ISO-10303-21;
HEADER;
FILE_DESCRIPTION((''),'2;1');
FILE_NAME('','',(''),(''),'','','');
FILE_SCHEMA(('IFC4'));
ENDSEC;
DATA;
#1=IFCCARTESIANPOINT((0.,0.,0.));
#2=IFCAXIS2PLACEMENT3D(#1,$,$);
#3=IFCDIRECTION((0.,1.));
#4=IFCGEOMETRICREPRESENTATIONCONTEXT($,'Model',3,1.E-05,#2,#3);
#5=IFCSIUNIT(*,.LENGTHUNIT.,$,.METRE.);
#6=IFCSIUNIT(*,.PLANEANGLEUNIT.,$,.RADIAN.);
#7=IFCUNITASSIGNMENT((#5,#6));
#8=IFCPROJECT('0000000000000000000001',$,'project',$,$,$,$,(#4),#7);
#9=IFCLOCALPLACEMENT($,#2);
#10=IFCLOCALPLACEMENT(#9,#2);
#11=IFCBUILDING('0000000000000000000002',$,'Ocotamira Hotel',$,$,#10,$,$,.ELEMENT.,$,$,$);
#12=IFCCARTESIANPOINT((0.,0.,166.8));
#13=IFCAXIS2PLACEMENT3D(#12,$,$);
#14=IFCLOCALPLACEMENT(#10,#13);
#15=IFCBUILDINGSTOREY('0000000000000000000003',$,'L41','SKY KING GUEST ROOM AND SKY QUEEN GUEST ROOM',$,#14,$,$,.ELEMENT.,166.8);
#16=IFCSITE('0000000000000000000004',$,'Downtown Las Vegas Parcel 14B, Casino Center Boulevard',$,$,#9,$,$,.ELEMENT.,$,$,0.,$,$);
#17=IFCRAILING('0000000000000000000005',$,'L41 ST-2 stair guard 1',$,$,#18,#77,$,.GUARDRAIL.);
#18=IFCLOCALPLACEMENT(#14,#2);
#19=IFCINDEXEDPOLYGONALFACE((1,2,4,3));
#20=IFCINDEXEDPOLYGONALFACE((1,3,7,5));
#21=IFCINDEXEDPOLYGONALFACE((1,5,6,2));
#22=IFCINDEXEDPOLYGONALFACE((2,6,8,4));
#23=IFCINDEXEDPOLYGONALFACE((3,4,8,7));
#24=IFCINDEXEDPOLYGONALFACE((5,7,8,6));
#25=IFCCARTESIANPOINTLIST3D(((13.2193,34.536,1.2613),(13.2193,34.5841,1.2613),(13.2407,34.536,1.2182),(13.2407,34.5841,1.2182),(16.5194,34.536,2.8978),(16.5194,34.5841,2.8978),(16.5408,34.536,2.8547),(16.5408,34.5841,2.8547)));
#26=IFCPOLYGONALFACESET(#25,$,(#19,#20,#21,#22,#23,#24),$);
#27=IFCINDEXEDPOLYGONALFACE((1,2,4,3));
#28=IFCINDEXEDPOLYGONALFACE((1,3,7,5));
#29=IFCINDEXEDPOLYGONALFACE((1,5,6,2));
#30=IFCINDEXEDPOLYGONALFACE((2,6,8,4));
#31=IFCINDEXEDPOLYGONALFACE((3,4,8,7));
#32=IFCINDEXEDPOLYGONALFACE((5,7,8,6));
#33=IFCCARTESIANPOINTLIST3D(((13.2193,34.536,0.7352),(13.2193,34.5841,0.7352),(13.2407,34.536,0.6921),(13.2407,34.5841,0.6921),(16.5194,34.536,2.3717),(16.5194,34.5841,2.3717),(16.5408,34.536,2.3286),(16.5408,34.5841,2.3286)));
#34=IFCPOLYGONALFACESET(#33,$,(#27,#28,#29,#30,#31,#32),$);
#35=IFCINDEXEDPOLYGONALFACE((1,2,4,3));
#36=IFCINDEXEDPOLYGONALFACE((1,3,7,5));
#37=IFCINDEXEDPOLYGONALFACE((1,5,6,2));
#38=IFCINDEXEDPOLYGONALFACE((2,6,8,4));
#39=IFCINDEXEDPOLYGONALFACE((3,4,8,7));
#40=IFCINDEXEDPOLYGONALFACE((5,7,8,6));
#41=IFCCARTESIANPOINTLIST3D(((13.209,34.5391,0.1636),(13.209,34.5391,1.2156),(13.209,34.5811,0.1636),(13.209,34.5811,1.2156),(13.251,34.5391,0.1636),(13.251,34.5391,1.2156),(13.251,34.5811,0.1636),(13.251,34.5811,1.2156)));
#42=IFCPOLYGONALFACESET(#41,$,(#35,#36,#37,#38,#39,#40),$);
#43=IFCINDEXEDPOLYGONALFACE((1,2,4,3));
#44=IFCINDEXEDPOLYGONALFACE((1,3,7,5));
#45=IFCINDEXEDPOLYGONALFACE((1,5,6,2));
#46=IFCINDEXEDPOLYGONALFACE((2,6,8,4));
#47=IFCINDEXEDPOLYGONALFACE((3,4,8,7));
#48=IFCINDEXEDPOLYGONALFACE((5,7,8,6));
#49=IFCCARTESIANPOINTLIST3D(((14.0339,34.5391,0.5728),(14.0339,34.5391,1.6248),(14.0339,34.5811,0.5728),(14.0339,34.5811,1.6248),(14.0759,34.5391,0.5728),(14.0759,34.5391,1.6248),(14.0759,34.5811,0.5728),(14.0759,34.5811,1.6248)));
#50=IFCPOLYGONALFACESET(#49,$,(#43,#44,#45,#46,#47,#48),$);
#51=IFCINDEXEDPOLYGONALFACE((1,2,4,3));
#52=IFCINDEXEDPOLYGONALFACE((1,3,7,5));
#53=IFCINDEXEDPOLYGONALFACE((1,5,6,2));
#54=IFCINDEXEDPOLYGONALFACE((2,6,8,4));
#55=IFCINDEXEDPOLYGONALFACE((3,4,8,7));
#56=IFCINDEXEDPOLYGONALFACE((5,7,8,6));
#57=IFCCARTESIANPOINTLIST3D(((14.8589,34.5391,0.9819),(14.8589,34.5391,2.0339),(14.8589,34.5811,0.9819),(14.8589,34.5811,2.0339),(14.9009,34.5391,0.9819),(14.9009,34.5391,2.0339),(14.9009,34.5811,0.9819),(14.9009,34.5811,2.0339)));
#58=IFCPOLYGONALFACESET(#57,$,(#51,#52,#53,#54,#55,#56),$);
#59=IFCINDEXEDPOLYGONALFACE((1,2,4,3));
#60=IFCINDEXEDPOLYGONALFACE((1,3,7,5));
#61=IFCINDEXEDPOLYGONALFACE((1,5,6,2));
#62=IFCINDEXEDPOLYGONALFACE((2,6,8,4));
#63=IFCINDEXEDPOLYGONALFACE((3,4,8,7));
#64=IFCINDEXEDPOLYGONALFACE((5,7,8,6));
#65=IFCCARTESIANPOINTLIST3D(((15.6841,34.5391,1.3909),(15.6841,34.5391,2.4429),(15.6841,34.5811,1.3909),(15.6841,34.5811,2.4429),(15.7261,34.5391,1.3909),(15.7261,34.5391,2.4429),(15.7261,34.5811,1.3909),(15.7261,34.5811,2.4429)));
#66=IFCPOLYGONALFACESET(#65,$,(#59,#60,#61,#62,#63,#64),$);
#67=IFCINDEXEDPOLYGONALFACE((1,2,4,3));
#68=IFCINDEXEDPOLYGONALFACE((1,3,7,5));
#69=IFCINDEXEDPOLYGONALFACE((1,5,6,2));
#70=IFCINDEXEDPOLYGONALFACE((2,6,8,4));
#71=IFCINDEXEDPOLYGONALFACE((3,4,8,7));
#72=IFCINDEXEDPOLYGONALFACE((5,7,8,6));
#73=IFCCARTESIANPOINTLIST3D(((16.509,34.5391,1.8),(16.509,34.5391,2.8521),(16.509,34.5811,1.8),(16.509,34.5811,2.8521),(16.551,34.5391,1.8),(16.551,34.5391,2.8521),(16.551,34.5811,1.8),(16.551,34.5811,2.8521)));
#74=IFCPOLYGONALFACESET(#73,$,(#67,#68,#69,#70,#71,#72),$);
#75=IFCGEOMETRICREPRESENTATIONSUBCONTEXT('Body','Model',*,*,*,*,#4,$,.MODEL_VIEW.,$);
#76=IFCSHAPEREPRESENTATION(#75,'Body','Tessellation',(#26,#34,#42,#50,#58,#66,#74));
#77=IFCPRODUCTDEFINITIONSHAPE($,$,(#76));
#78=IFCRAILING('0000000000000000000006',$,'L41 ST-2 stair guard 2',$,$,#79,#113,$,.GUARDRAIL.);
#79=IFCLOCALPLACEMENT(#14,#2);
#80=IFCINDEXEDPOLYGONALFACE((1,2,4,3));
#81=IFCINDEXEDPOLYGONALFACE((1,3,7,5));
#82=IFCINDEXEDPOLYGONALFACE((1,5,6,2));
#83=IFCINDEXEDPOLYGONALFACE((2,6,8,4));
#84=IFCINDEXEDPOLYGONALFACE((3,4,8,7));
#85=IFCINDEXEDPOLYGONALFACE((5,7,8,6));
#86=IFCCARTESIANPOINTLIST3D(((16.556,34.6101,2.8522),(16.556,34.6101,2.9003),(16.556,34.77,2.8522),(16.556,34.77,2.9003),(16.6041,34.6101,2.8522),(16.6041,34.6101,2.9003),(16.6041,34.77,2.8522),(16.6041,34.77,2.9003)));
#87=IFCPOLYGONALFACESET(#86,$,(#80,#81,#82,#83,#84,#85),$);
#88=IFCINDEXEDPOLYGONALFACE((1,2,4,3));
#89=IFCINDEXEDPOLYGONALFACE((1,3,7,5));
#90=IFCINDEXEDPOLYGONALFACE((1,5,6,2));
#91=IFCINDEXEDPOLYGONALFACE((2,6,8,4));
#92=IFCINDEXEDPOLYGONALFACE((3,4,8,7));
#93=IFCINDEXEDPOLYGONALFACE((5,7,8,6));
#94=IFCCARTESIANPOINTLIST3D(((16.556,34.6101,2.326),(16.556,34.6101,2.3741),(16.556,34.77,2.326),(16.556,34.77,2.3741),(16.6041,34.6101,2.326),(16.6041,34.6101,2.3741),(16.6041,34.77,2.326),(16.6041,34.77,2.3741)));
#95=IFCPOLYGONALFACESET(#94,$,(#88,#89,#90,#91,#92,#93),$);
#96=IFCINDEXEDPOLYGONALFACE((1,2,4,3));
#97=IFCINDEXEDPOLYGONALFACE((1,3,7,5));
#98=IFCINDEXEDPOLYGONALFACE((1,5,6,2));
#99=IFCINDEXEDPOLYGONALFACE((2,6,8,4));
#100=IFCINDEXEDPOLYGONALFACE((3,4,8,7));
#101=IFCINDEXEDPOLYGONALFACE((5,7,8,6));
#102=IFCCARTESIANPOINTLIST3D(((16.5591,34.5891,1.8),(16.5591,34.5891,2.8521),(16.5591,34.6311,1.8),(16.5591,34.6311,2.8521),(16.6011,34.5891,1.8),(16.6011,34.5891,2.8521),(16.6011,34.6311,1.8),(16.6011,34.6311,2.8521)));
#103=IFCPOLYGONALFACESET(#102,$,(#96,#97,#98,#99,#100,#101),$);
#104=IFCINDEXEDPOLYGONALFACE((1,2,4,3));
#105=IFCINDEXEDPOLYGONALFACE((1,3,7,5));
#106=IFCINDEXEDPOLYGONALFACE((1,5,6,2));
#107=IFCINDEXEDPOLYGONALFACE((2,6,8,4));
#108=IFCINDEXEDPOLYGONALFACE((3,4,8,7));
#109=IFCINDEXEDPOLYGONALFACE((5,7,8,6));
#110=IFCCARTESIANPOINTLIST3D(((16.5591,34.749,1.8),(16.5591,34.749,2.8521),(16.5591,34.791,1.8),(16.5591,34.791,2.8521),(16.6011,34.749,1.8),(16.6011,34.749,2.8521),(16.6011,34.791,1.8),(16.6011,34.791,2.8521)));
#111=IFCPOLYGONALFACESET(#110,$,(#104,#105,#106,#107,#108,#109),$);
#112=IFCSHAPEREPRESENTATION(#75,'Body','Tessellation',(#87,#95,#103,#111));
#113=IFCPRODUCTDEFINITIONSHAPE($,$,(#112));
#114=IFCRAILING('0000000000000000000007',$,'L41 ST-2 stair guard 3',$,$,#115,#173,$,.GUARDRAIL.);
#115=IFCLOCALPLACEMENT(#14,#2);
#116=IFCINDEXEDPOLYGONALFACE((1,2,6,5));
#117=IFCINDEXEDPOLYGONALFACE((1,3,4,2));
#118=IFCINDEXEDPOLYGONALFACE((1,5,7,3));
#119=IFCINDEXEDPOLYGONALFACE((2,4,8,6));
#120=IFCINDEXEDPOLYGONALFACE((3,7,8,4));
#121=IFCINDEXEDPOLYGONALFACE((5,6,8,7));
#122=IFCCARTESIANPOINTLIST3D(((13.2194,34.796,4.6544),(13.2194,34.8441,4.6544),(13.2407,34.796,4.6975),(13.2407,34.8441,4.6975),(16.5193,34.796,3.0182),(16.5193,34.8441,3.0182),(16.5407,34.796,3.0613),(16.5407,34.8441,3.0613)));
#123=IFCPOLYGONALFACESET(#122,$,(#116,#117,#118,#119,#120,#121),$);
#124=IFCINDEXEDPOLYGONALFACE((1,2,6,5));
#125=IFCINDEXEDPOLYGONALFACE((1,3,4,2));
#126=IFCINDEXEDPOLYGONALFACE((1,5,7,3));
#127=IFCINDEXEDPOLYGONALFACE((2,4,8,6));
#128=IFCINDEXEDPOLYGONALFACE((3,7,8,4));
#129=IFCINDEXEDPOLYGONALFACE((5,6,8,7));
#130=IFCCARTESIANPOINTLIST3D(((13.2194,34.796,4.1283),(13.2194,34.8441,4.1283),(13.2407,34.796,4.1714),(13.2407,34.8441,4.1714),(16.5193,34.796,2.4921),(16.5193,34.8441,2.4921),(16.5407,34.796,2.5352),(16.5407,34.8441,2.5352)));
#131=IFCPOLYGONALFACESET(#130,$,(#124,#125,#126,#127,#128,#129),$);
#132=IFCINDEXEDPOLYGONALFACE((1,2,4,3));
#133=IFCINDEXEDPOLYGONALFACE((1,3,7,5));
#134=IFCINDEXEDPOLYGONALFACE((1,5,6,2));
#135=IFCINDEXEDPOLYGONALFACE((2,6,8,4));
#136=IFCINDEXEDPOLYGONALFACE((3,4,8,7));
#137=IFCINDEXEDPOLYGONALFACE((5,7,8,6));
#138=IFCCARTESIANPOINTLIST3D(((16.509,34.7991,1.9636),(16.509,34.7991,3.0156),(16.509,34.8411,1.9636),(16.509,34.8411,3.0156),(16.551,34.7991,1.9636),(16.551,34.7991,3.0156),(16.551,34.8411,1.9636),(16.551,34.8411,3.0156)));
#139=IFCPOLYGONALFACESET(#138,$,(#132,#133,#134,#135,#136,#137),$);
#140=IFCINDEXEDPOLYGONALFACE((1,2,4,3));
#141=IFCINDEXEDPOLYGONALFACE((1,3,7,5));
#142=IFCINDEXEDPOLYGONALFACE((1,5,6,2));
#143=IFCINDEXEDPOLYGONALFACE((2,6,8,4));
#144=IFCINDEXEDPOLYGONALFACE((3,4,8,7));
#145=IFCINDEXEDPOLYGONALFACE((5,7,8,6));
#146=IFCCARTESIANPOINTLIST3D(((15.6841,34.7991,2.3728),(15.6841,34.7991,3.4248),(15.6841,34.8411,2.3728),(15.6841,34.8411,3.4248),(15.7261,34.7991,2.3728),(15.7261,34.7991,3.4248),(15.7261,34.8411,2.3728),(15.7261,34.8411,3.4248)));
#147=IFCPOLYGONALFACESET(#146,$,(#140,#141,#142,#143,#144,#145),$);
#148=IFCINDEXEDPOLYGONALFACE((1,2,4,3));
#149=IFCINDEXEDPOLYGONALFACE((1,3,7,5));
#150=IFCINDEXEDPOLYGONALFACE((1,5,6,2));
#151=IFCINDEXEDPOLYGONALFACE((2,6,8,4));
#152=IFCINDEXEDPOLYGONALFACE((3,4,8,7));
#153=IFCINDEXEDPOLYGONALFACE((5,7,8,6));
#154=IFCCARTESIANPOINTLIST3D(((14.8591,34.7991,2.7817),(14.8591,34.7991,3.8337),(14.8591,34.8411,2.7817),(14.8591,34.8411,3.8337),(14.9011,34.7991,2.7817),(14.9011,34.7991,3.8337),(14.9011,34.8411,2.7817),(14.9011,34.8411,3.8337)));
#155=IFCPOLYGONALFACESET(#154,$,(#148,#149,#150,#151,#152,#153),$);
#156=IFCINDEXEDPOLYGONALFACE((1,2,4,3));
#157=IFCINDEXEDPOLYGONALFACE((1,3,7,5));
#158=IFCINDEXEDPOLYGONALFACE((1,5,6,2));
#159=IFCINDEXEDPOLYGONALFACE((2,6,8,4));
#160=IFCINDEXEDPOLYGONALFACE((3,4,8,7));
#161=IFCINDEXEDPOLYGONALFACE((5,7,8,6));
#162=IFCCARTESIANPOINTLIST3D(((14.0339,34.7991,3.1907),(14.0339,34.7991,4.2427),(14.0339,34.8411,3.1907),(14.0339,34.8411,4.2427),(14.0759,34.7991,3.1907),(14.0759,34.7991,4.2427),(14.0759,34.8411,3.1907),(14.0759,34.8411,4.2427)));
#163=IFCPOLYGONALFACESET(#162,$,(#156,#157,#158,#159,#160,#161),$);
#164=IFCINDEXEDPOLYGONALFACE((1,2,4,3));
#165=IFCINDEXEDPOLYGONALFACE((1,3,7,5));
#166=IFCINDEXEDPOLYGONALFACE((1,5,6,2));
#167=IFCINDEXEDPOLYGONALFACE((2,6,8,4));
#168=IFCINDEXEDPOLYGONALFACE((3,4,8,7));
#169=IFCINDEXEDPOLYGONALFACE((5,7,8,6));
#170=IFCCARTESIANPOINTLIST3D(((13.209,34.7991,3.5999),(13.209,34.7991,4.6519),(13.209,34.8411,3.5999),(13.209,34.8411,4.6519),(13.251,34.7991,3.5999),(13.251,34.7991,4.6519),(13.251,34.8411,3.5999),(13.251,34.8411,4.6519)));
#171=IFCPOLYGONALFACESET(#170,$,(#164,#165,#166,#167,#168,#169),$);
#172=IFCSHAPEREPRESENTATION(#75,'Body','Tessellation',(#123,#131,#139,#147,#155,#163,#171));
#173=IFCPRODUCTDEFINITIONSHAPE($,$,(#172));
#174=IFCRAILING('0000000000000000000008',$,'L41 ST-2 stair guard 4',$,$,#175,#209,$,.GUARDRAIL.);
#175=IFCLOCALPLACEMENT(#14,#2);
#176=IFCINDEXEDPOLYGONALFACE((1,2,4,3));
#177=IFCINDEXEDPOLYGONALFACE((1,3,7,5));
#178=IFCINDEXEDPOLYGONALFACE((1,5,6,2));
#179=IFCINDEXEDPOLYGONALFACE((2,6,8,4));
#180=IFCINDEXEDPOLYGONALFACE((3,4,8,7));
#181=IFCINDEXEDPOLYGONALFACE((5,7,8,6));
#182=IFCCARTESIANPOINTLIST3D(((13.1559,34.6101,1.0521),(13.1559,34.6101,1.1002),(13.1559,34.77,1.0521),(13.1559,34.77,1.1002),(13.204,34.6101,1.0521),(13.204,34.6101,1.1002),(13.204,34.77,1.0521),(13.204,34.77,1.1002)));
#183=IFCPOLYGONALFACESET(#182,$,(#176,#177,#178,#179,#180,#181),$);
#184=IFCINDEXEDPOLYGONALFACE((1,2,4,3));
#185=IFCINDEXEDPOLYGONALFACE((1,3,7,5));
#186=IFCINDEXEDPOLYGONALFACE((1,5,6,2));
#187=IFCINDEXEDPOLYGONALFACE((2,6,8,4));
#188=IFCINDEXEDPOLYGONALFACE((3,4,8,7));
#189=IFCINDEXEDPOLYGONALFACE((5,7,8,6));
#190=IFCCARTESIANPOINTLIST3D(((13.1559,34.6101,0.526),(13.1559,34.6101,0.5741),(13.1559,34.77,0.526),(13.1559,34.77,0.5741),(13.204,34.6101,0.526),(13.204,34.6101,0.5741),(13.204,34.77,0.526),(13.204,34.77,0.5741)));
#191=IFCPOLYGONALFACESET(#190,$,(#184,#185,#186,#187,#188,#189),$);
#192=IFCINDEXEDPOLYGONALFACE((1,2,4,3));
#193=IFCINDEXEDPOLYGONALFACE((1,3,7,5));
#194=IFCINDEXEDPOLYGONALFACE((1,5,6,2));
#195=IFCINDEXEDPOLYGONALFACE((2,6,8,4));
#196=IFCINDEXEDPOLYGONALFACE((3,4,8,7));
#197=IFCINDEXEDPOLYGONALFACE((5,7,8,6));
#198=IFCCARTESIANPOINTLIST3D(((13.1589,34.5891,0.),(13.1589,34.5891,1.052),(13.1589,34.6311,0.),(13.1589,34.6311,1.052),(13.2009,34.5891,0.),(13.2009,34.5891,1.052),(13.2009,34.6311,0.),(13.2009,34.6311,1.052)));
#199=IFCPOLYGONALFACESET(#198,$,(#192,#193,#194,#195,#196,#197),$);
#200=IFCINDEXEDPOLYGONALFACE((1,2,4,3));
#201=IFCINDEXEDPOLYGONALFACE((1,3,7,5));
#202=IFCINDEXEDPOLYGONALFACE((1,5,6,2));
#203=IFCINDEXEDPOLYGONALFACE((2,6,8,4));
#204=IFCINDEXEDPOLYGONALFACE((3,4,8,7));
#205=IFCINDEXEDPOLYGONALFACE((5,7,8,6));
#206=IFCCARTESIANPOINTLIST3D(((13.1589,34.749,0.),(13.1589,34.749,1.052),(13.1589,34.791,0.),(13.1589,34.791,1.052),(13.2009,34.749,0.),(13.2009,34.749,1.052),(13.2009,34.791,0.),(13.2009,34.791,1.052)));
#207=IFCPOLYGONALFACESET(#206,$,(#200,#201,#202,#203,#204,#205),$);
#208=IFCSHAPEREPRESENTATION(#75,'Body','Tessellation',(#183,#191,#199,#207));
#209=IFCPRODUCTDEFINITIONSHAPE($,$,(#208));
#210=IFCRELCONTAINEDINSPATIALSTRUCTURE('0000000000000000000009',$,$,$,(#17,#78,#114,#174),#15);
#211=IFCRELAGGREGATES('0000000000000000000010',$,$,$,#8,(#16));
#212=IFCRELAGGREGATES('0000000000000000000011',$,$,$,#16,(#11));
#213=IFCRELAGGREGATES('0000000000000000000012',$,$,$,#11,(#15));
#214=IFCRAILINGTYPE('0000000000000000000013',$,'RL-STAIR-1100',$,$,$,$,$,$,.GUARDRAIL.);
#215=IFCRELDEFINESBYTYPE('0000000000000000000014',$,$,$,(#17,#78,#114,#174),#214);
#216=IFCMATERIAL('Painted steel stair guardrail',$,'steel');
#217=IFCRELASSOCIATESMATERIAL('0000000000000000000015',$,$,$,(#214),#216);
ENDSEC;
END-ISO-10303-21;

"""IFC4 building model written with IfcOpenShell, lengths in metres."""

from ifc_helpers import new_model, si_unit, direction, frame, origin, origin_2d, place, context, subcontext, project, spatial, rectangle, extrude, material, type_object, element, save


model = new_model("IFC4")

# Units and contexts
model_context = context("Model", 3, precision=1e-05, world=origin(), true_north=direction((0.0, 1.0)))
body_context = subcontext(model_context, "Body", "Model", "MODEL_VIEW")
ifc_project = project(units=[si_unit("LENGTHUNIT", "METRE"), si_unit("PLANEANGLEUNIT", "RADIAN")], contexts=[model_context])

# Site, building, storey
site_placement = place(None, origin())
site = spatial("IfcSite", under=ifc_project, at=site_placement, Name="Downtown Las Vegas Parcel 14B, Casino Center Boulevard", CompositionType="ELEMENT", RefElevation=0.0)
building_placement = place(site_placement, origin())
building = spatial("IfcBuilding", under=site, at=building_placement, Name="Ocotamira Hotel", CompositionType="ELEMENT")
storey_placement = place(building_placement, frame((0.0, 0.0, 166.8)))
storey = spatial("IfcBuildingStorey", under=building, at=storey_placement, Name="L41", Description="SKY KING GUEST ROOM AND SKY QUEEN GUEST ROOM", CompositionType="ELEMENT", Elevation=166.8)

# Railings
ifc_material_1 = material(Name="Painted steel stair guardrail", Category="steel")
railing_type_1 = type_object("IfcRailingType", Name="RL-STAIR-1100", PredefinedType="GUARDRAIL", material=ifc_material_1)
railing_1_placement = place(storey_placement, frame((13.23, 34.5601, 0.1636)))
element("IfcRailing", 1, at=railing_1_placement, inside=storey, type_object=railing_type_1, Name="L41 ST-2 stair guard 1", PredefinedType="GUARDRAIL", context=body_context, shape_type="SweptSolid", body=[
    extrude(rectangle(XDim=0.0481, YDim=0.0481, at=origin_2d()), frame((0.0, 0.0, 1.0762), z_axis=(0.895894, 0.0, 0.444268), x_axis=(0.0, 1.0, 0.0)), (0.0, 0.0, 1.0), 3.6836),
    extrude(rectangle(XDim=0.0481, YDim=0.0481, at=origin_2d()), frame((0.0, 0.0, 0.55), z_axis=(0.895894, 0.0, 0.444268), x_axis=(0.0, 1.0, 0.0)), (0.0, 0.0, 1.0), 3.6836),
    extrude(rectangle(XDim=0.042, YDim=0.042, at=origin_2d()), origin(), (0.0, 0.0, 1.0), 1.052),
    extrude(rectangle(XDim=0.042, YDim=0.042, at=origin_2d()), frame((0.825, 0.0, 0.4092)), (0.0, 0.0, 1.0), 1.052),
    extrude(rectangle(XDim=0.042, YDim=0.042, at=origin_2d()), frame((1.6499, 0.0, 0.8184)), (0.0, 0.0, 1.0), 1.052),
    extrude(rectangle(XDim=0.042, YDim=0.042, at=origin_2d()), frame((2.4751, 0.0, 1.2273)), (0.0, 0.0, 1.0), 1.052),
    extrude(rectangle(XDim=0.042, YDim=0.042, at=origin_2d()), frame((3.3, 0.0, 1.6365)), (0.0, 0.0, 1.0), 1.052),
])
railing_2_placement = place(storey_placement, frame((16.5801, 34.6101, 1.8)))
element("IfcRailing", 2, at=railing_2_placement, inside=storey, type_object=railing_type_1, Name="L41 ST-2 stair guard 2", PredefinedType="GUARDRAIL", context=body_context, shape_type="SweptSolid", body=[
    extrude(rectangle(XDim=0.0481, YDim=0.0481, at=origin_2d()), frame((0.0, 0.0, 1.0762), z_axis=(0.0, 1.0, 0.0), x_axis=(-1.0, 0.0, 0.0)), (0.0, 0.0, 1.0), 0.1599),
    extrude(rectangle(XDim=0.0481, YDim=0.0481, at=origin_2d()), frame((0.0, 0.0, 0.55), z_axis=(0.0, 1.0, 0.0), x_axis=(-1.0, 0.0, 0.0)), (0.0, 0.0, 1.0), 0.1599),
    extrude(rectangle(XDim=0.042, YDim=0.042, at=origin_2d()), origin(), (0.0, 0.0, 1.0), 1.052),
    extrude(rectangle(XDim=0.042, YDim=0.042, at=origin_2d()), frame((0.0, 0.1599, 0.0)), (0.0, 0.0, 1.0), 1.052),
])
railing_3_placement = place(storey_placement, frame((16.53, 34.8201, 1.9636)))
element("IfcRailing", 3, at=railing_3_placement, inside=storey, type_object=railing_type_1, Name="L41 ST-2 stair guard 3", PredefinedType="GUARDRAIL", context=body_context, shape_type="SweptSolid", body=[
    extrude(rectangle(XDim=0.0481, YDim=0.0481, at=origin_2d()), frame((0.0, 0.0, 1.0762), z_axis=(-0.89592, 0.0, 0.444215), x_axis=(0.0, -1.0, 0.0)), (0.0, 0.0, 1.0), 3.6833),
    extrude(rectangle(XDim=0.0481, YDim=0.0481, at=origin_2d()), frame((0.0, 0.0, 0.55), z_axis=(-0.89592, 0.0, 0.444215), x_axis=(0.0, -1.0, 0.0)), (0.0, 0.0, 1.0), 3.6833),
    extrude(rectangle(XDim=0.042, YDim=0.042, at=origin_2d()), origin(), (0.0, 0.0, 1.0), 1.052),
    extrude(rectangle(XDim=0.042, YDim=0.042, at=origin_2d()), frame((-0.825, 0.0, 0.4092)), (0.0, 0.0, 1.0), 1.052),
    extrude(rectangle(XDim=0.042, YDim=0.042, at=origin_2d()), frame((-1.6499, 0.0, 0.8181)), (0.0, 0.0, 1.0), 1.052),
    extrude(rectangle(XDim=0.042, YDim=0.042, at=origin_2d()), frame((-2.4751, 0.0, 1.2271)), (0.0, 0.0, 1.0), 1.052),
    extrude(rectangle(XDim=0.042, YDim=0.042, at=origin_2d()), frame((-3.3, 0.0, 1.6362)), (0.0, 0.0, 1.0), 1.052),
])
railing_4_placement = place(storey_placement, frame((13.1799, 34.6101, 0.0)))
element("IfcRailing", 4, at=railing_4_placement, inside=storey, type_object=railing_type_1, Name="L41 ST-2 stair guard 4", PredefinedType="GUARDRAIL", context=body_context, shape_type="SweptSolid", body=[
    extrude(rectangle(XDim=0.0481, YDim=0.0481, at=origin_2d()), frame((0.0, 0.0, 1.0762), z_axis=(0.0, 1.0, 0.0), x_axis=(-1.0, 0.0, 0.0)), (0.0, 0.0, 1.0), 0.1599),
    extrude(rectangle(XDim=0.0481, YDim=0.0481, at=origin_2d()), frame((0.0, 0.0, 0.55), z_axis=(0.0, 1.0, 0.0), x_axis=(-1.0, 0.0, 0.0)), (0.0, 0.0, 1.0), 0.1599),
    extrude(rectangle(XDim=0.042, YDim=0.042, at=origin_2d()), origin(), (0.0, 0.0, 1.0), 1.052),
    extrude(rectangle(XDim=0.042, YDim=0.042, at=origin_2d()), frame((0.0, 0.1599, 0.0)), (0.0, 0.0, 1.0), 1.052),
])

save(model, "model.ifc")
